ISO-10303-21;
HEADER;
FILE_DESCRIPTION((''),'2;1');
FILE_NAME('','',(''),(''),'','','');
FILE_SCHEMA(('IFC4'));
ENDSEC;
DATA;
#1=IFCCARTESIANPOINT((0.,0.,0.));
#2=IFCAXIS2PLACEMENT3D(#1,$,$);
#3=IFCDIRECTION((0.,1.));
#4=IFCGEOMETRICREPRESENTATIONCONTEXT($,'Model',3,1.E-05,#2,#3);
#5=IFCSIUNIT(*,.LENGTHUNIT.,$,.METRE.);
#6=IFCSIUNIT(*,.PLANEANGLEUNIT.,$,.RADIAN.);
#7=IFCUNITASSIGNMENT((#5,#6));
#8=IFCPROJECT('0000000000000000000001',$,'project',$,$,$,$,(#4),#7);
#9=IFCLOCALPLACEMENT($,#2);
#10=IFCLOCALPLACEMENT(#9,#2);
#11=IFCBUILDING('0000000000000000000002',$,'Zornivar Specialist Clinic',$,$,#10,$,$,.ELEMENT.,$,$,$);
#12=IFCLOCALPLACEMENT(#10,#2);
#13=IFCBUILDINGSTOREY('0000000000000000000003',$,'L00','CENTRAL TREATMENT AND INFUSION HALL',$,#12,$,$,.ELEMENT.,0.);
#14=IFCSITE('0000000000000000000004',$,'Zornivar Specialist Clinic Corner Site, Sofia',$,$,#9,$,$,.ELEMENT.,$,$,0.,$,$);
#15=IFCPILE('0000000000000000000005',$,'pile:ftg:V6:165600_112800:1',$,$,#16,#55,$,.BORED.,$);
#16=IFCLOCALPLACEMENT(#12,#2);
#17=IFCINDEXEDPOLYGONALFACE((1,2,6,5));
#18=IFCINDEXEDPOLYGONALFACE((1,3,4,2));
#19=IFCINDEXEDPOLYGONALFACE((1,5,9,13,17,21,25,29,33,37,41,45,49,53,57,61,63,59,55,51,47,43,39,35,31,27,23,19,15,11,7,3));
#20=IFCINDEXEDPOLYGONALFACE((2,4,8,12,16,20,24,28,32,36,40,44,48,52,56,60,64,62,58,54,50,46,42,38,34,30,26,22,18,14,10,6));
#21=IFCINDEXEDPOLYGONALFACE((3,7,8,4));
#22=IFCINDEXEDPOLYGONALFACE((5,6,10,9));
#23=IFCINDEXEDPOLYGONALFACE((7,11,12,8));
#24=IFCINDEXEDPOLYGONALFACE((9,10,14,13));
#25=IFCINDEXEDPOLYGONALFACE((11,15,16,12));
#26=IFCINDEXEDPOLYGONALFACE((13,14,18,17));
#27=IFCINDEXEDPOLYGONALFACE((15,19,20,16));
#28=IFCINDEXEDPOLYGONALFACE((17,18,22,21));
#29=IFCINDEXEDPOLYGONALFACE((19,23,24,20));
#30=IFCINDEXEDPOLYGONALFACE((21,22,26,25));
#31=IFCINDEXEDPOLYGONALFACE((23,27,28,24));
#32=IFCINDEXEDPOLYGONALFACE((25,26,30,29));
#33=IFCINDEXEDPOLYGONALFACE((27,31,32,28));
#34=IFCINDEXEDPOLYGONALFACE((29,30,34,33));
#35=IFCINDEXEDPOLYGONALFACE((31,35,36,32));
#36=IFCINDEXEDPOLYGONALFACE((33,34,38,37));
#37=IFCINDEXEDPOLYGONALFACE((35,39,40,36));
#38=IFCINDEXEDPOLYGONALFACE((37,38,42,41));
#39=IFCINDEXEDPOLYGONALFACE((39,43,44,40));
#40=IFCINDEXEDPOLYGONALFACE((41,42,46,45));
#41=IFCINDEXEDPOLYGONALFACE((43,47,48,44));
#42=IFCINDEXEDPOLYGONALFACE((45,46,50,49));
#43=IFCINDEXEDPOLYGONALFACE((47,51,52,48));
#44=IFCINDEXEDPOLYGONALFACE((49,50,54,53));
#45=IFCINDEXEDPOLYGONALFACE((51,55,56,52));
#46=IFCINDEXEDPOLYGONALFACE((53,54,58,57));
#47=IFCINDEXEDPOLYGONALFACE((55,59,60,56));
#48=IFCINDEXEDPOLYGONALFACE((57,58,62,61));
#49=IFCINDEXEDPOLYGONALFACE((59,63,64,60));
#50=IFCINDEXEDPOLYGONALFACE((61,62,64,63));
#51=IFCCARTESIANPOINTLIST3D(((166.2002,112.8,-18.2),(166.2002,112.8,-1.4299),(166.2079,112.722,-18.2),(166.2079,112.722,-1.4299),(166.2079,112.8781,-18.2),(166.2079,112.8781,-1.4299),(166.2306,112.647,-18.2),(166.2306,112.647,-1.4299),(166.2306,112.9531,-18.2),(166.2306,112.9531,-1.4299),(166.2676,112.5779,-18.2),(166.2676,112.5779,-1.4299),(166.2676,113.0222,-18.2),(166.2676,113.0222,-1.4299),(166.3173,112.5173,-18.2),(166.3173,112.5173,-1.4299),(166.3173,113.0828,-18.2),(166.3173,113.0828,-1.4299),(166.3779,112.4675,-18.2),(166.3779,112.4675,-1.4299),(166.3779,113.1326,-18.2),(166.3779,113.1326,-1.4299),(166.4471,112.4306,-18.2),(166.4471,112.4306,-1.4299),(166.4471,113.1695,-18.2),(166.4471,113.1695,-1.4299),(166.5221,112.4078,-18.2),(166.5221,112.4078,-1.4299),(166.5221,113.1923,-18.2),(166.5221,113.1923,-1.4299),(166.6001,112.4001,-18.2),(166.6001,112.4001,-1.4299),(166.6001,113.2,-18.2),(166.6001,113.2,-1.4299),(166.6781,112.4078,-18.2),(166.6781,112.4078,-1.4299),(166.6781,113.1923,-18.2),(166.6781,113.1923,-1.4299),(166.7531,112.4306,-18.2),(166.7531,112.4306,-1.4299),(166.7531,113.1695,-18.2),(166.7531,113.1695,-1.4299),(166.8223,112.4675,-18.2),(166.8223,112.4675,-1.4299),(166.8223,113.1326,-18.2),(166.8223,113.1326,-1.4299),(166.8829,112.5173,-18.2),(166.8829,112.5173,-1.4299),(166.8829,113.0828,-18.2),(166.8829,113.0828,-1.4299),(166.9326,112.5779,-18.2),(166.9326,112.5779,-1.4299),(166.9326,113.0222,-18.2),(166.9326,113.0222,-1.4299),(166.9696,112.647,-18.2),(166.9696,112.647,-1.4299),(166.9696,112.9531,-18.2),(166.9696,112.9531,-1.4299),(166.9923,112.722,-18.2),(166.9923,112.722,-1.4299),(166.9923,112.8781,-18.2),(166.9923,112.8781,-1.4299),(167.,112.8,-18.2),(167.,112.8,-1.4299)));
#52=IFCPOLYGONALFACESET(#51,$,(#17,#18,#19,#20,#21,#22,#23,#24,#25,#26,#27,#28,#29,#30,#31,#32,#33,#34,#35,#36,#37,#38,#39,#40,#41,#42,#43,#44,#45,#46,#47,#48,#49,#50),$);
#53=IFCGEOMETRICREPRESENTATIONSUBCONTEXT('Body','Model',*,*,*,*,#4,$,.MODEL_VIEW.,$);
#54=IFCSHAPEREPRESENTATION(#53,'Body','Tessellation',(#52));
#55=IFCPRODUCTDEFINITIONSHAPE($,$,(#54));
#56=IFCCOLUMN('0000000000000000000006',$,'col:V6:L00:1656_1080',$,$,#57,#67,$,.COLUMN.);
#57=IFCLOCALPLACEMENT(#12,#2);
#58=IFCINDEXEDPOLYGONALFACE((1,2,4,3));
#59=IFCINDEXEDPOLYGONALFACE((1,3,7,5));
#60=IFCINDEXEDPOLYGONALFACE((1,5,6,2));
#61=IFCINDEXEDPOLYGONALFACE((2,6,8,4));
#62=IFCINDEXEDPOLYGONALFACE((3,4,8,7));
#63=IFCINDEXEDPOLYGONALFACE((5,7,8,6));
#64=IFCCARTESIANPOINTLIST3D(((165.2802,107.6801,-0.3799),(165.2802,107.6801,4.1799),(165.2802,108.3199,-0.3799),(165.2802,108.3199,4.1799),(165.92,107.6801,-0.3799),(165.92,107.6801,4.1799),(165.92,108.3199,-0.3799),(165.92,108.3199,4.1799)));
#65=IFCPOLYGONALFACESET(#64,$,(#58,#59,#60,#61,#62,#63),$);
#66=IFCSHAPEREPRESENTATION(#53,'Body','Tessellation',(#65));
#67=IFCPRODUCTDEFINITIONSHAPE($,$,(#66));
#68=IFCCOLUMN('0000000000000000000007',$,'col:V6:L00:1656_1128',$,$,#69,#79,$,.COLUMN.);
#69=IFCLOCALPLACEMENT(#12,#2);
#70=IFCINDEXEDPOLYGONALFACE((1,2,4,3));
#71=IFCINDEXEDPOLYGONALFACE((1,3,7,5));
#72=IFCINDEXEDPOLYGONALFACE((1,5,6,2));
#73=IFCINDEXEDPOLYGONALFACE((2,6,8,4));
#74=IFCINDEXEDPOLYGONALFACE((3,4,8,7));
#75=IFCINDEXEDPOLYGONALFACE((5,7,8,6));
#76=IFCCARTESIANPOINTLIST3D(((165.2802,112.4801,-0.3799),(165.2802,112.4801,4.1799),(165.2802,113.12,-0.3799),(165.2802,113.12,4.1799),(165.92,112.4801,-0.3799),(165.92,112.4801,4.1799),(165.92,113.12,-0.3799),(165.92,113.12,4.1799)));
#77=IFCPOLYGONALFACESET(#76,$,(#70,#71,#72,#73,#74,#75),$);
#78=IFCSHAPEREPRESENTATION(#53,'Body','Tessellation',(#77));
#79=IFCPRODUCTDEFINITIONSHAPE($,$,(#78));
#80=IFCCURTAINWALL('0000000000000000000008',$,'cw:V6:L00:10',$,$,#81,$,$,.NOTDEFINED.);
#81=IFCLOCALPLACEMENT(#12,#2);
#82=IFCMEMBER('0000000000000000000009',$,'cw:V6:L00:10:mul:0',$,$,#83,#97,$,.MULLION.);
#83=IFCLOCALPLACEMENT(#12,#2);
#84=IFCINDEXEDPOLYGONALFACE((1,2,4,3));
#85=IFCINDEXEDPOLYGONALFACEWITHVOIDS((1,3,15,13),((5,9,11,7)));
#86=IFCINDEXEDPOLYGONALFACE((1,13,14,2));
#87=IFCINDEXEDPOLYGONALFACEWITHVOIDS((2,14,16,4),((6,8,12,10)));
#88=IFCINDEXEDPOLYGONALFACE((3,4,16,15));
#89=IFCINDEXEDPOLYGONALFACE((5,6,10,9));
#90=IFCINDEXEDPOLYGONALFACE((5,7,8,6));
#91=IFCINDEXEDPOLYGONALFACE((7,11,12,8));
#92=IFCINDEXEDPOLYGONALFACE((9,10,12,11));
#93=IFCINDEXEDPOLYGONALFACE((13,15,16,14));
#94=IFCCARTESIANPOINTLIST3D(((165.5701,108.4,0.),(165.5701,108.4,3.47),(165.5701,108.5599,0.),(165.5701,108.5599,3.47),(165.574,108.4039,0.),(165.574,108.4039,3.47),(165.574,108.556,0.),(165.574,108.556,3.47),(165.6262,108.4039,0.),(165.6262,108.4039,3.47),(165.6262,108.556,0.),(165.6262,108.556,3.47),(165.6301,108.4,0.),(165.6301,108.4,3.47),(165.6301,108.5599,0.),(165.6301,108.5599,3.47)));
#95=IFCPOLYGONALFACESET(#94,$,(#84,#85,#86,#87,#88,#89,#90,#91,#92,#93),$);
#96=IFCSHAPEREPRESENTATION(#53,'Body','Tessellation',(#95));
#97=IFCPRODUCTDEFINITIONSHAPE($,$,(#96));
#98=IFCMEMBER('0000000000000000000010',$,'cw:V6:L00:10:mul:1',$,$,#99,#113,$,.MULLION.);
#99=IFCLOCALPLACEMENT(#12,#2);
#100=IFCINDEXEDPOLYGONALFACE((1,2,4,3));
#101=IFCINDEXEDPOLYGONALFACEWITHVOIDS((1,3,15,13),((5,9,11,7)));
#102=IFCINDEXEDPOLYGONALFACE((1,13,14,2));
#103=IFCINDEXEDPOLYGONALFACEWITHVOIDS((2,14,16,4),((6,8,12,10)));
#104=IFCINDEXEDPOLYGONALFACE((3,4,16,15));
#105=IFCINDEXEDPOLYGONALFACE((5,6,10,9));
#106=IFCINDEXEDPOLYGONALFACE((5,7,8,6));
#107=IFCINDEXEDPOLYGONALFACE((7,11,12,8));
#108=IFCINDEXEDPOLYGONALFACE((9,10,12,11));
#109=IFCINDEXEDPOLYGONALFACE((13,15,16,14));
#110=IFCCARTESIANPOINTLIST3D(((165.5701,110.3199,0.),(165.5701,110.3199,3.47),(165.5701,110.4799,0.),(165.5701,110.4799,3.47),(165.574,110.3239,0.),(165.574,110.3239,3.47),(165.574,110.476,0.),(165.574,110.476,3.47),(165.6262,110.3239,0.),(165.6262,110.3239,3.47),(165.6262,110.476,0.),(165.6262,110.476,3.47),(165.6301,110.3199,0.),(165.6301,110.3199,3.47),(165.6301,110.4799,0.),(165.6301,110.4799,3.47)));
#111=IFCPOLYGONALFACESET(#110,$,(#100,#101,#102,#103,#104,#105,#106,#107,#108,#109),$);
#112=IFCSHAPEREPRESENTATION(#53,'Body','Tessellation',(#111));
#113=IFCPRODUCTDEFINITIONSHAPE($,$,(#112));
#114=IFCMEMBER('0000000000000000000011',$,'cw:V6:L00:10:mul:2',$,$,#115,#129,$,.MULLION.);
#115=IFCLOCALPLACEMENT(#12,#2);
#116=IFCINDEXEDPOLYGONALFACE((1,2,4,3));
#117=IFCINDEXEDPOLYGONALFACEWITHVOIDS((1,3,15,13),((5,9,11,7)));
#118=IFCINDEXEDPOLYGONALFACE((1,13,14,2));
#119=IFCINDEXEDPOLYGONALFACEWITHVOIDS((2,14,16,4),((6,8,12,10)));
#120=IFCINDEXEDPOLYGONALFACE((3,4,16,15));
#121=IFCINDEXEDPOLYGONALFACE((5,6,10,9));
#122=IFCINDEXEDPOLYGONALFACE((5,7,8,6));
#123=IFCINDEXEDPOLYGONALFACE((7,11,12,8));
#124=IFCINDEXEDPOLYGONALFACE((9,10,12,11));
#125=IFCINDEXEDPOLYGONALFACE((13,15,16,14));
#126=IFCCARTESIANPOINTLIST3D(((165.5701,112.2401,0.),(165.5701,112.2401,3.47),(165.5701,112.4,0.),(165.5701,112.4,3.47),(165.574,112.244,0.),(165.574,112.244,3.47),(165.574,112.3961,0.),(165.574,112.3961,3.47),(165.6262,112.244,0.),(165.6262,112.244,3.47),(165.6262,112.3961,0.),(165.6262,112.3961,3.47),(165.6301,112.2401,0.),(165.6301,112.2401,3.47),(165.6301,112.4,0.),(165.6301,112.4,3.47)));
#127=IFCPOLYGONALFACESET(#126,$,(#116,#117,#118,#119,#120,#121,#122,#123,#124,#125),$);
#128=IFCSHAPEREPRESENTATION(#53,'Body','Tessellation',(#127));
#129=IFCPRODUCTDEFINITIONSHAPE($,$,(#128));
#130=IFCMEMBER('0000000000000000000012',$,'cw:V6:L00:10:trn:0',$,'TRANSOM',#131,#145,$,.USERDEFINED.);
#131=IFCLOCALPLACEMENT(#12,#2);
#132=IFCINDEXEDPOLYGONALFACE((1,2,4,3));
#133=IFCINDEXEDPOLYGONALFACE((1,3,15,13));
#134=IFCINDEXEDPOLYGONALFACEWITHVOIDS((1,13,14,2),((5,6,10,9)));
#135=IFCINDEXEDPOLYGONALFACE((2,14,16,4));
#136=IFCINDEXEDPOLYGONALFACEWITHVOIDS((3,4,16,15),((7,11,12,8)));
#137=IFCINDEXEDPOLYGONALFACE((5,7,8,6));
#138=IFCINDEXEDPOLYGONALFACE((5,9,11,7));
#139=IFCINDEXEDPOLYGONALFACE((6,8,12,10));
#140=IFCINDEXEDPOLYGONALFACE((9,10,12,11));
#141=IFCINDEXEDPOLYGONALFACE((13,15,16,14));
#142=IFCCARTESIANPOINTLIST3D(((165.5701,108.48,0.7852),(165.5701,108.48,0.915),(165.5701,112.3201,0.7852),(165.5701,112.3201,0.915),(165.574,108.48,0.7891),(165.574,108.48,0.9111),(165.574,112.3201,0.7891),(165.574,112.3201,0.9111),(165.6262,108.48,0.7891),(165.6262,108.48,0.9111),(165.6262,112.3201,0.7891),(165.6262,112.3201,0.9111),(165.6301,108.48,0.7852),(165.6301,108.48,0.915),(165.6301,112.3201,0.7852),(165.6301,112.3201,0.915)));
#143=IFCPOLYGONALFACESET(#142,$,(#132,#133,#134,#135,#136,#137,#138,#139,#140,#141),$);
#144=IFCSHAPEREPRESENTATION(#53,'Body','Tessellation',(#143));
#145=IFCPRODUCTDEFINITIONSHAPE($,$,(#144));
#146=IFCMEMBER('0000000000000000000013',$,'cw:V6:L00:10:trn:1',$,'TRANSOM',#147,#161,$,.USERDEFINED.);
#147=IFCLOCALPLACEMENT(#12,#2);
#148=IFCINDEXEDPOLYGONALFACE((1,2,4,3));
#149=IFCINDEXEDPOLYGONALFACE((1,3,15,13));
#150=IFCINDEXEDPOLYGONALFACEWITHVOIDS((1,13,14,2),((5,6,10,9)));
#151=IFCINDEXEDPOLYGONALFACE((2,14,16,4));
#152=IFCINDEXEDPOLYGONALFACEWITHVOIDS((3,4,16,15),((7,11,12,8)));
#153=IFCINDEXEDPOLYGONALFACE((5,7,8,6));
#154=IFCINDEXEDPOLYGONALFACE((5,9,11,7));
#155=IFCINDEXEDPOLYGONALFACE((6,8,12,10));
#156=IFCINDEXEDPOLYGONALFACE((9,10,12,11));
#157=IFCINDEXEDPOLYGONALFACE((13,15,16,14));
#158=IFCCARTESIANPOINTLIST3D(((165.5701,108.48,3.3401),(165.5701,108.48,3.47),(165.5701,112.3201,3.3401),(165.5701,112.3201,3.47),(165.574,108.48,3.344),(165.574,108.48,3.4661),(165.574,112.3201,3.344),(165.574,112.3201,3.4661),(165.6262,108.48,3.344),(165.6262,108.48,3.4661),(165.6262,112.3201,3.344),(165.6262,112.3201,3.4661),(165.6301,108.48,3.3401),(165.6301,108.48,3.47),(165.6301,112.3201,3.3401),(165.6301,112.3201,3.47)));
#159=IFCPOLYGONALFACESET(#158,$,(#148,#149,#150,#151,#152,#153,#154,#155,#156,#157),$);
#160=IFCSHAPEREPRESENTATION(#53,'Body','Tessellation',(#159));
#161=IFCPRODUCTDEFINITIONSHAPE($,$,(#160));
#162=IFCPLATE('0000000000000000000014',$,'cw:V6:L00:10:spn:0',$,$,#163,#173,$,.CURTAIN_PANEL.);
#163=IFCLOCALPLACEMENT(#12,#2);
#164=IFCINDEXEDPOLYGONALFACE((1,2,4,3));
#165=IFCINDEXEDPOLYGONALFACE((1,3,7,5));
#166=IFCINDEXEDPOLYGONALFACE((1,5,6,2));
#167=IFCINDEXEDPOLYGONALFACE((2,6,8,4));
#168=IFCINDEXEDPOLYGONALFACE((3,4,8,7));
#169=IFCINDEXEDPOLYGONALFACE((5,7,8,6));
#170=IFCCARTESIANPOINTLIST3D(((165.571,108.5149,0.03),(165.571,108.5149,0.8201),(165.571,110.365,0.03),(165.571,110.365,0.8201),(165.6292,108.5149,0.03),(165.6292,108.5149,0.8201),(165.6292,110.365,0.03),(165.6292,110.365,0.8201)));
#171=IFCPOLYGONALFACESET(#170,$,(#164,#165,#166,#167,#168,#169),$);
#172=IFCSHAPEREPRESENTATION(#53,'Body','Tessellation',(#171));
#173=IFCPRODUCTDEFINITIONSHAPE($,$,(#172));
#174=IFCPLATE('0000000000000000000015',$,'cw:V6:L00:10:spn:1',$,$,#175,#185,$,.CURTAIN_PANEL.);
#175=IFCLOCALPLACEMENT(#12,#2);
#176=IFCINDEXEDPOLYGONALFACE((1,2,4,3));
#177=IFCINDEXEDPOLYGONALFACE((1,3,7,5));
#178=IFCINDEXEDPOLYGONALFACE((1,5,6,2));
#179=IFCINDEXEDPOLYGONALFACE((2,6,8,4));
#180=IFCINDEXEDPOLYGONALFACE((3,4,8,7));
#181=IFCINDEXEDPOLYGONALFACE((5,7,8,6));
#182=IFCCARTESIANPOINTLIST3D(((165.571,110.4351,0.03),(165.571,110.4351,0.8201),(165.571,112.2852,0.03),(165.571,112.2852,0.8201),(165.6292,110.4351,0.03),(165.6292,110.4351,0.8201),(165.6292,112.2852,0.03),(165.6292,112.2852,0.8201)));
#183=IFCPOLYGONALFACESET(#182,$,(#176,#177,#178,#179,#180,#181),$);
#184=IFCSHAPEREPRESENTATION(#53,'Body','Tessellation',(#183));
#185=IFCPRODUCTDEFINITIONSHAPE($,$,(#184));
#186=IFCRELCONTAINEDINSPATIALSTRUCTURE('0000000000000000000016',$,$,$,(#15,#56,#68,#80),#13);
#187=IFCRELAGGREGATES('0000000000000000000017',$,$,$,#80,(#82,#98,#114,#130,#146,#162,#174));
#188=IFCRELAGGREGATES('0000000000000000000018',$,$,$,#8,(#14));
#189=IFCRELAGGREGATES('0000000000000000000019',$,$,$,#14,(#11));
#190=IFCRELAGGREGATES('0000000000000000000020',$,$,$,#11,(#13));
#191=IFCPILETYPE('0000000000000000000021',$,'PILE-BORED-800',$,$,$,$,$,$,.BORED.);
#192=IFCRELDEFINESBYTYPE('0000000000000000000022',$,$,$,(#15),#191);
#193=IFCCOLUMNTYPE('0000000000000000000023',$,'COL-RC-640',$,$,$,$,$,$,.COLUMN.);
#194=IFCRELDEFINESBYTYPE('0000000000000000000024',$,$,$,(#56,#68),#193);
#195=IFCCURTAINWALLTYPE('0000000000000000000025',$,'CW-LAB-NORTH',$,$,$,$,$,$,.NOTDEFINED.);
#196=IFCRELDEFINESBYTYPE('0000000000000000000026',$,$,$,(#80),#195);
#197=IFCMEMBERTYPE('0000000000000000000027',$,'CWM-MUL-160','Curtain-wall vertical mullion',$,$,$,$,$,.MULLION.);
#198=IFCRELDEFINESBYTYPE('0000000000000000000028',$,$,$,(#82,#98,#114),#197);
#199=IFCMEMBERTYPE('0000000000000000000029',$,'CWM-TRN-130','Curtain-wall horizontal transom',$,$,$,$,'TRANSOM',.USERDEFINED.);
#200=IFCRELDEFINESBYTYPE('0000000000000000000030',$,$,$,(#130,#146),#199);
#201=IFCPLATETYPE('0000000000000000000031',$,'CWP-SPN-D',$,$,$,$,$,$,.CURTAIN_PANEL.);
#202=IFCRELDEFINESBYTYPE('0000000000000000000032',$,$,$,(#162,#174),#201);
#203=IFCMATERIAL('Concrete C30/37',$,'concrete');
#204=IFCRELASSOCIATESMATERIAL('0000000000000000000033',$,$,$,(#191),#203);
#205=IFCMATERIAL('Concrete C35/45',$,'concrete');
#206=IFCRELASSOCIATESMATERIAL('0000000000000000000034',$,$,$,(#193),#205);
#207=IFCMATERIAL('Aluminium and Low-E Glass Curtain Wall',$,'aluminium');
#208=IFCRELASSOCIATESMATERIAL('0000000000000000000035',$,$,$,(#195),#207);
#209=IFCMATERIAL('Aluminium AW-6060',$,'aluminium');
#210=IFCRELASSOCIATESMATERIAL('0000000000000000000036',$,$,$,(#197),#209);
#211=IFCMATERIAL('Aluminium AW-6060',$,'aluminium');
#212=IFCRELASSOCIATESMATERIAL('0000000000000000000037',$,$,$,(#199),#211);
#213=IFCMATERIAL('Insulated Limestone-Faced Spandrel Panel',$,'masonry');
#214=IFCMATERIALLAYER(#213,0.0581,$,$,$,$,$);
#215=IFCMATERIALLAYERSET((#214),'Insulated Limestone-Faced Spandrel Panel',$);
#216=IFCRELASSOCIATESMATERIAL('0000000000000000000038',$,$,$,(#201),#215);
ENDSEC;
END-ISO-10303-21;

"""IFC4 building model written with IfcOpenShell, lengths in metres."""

from ifc_helpers import new_model, si_unit, direction, frame, origin, origin_2d, place, context, subcontext, project, spatial, rectangle, hollow_rectangle, circle, extrude, material, layer, layer_set, material_profile, profile_set, type_object, element, aggregate, save


model = new_model("IFC4")

# Units and contexts
model_context = context("Model", 3, precision=1e-05, world=origin(), true_north=direction((0.0, 1.0)))
body_context = subcontext(model_context, "Body", "Model", "MODEL_VIEW")
ifc_project = project(units=[si_unit("LENGTHUNIT", "METRE"), si_unit("PLANEANGLEUNIT", "RADIAN")], contexts=[model_context])

# Site, building, storey
site_placement = place(None, origin())
site = spatial("IfcSite", under=ifc_project, at=site_placement, Name="Zornivar Specialist Clinic Corner Site, Sofia", CompositionType="ELEMENT", RefElevation=0.0)
building_placement = place(site_placement, origin())
building = spatial("IfcBuilding", under=site, at=building_placement, Name="Zornivar Specialist Clinic", CompositionType="ELEMENT")
storey_placement = place(building_placement, origin())
storey = spatial("IfcBuildingStorey", under=building, at=storey_placement, Name="L00", Description="CENTRAL TREATMENT AND INFUSION HALL", CompositionType="ELEMENT", Elevation=0.0)

# Pile
ifc_material_1 = material(Name="Concrete C30/37", Category="concrete")
ifc_material_profile_1 = material_profile(ifc_material_1, circle(Radius=0.3999, at=origin_2d()), Name="PILE D800")
ifc_profile_set_1 = profile_set([ifc_material_profile_1], Name="Concrete C30/37")
pile_type = type_object("IfcPileType", Name="PILE-BORED-800", PredefinedType="BORED", material=ifc_profile_set_1)
for number, where, z_axis, x_axis, name in (
    (1, (166.6001, 112.8, -1.4299), (0.0, 0.0, -1.0), (1.0, 0.0, 0.0), "pile:ftg:V6:165600_112800:1"),
):
    element("IfcPile", number, at=place(storey_placement, frame(where, z_axis=z_axis, x_axis=x_axis)), inside=storey, type_object=pile_type, Name=name, PredefinedType="BORED", context=body_context, shape_type="SweptSolid", body=[
        extrude(circle(Radius=0.3999, at=origin_2d()), origin(), (0.0, 0.0, 1.0), 16.77),
    ])

# Columns
ifc_material_2 = material(Name="Concrete C35/45", Category="concrete")
ifc_material_profile_2 = material_profile(ifc_material_2, rectangle(XDim=0.6399, YDim=0.6399, at=origin_2d()), Name="RC 640x640")
ifc_profile_set_2 = profile_set([ifc_material_profile_2], Name="Concrete C35/45")
column_type = type_object("IfcColumnType", Name="COL-RC-640", PredefinedType="COLUMN", material=ifc_profile_set_2)
for number, where, z_axis, x_axis, name in (
    (2, (165.6001, 108.0, -0.3799), (0.0, 0.0, 1.0), (1.0, 0.0, 0.0), "col:V6:L00:1656_1080"),
    (3, (165.6001, 112.8, -0.3799), (0.0, 0.0, 1.0), (1.0, 0.0, 0.0), "col:V6:L00:1656_1128"),
):
    element("IfcColumn", number, at=place(storey_placement, frame(where, z_axis=z_axis, x_axis=x_axis)), inside=storey, type_object=column_type, Name=name, PredefinedType="COLUMN", context=body_context, shape_type="SweptSolid", body=[
        extrude(rectangle(XDim=0.6399, YDim=0.6399, at=origin_2d()), origin(), (0.0, 0.0, 1.0), 4.5598),
    ])

# Curtain wall, members, plates
ifc_material_3 = material(Name="Aluminium and Low-E Glass Curtain Wall", Category="aluminium")
curtain_wall_type = type_object("IfcCurtainWallType", Name="CW-LAB-NORTH", PredefinedType="NOTDEFINED", material=ifc_material_3)
curtain_wall_placement = place(storey_placement, origin())
curtain_wall = element("IfcCurtainWall", 4, at=curtain_wall_placement, inside=storey, type_object=curtain_wall_type, Name="cw:V6:L00:10", PredefinedType="NOTDEFINED")
ifc_material_4 = material(Name="Aluminium AW-6060", Category="aluminium")
ifc_material_profile_3 = material_profile(ifc_material_4, hollow_rectangle(XDim=0.0601, YDim=0.1599, WallThickness=0.0039, at=origin_2d()), Name="ALU 60x160x4")
ifc_profile_set_3 = profile_set([ifc_material_profile_3], Name="Aluminium AW-6060")
member_type_1 = type_object("IfcMemberType", Name="CWM-MUL-160", Description="Curtain-wall vertical mullion", PredefinedType="MULLION", material=ifc_profile_set_3)
member_1_placement = place(storey_placement, frame((165.6001, 108.48, 0.0), z_axis=(0.0, 0.0, 1.0), x_axis=(1.0, 0.0, 0.0)))
member_1 = element("IfcMember", 5, at=member_1_placement, type_object=member_type_1, Name="cw:V6:L00:10:mul:0", PredefinedType="MULLION", context=body_context, shape_type="SweptSolid", body=[
    extrude(hollow_rectangle(XDim=0.0601, YDim=0.1599, WallThickness=0.0039, at=origin_2d()), origin(), (0.0, 0.0, 1.0), 3.47),
])
member_2_placement = place(storey_placement, frame((165.6001, 110.3999, 0.0), z_axis=(0.0, 0.0, 1.0), x_axis=(1.0, 0.0, 0.0)))
member_2 = element("IfcMember", 6, at=member_2_placement, type_object=member_type_1, Name="cw:V6:L00:10:mul:1", PredefinedType="MULLION", context=body_context, shape_type="SweptSolid", body=[
    extrude(hollow_rectangle(XDim=0.0601, YDim=0.1599, WallThickness=0.0039, at=origin_2d()), origin(), (0.0, 0.0, 1.0), 3.47),
])
member_3_placement = place(storey_placement, frame((165.6001, 112.3201, 0.0), z_axis=(0.0, 0.0, 1.0), x_axis=(1.0, 0.0, 0.0)))
member_3 = element("IfcMember", 7, at=member_3_placement, type_object=member_type_1, Name="cw:V6:L00:10:mul:2", PredefinedType="MULLION", context=body_context, shape_type="SweptSolid", body=[
    extrude(hollow_rectangle(XDim=0.0601, YDim=0.1599, WallThickness=0.0039, at=origin_2d()), origin(), (0.0, 0.0, 1.0), 3.47),
])
ifc_material_5 = material(Name="Aluminium AW-6060", Category="aluminium")
ifc_material_profile_4 = material_profile(ifc_material_5, hollow_rectangle(XDim=0.0601, YDim=0.1299, WallThickness=0.0039, at=origin_2d()), Name="ALU 60x130x4")
ifc_profile_set_4 = profile_set([ifc_material_profile_4], Name="Aluminium AW-6060")
member_type_2 = type_object("IfcMemberType", Name="CWM-TRN-130", Description="Curtain-wall horizontal transom", ElementType="TRANSOM", PredefinedType="USERDEFINED", material=ifc_profile_set_4)
member_4_placement = place(storey_placement, frame((165.6001, 108.48, 0.8501), z_axis=(0.0, 1.0, 0.0), x_axis=(-1.0, 0.0, 0.0)))
member_4 = element("IfcMember", 8, at=member_4_placement, type_object=member_type_2, Name="cw:V6:L00:10:trn:0", ObjectType="TRANSOM", PredefinedType="USERDEFINED", context=body_context, shape_type="SweptSolid", body=[
    extrude(hollow_rectangle(XDim=0.0601, YDim=0.1299, WallThickness=0.0039, at=origin_2d()), origin(), (0.0, 0.0, 1.0), 3.8401),
])
member_5_placement = place(storey_placement, frame((165.6001, 108.48, 3.405), z_axis=(0.0, 1.0, 0.0), x_axis=(-1.0, 0.0, 0.0)))
member_5 = element("IfcMember", 9, at=member_5_placement, type_object=member_type_2, Name="cw:V6:L00:10:trn:1", ObjectType="TRANSOM", PredefinedType="USERDEFINED", context=body_context, shape_type="SweptSolid", body=[
    extrude(hollow_rectangle(XDim=0.0601, YDim=0.1299, WallThickness=0.0039, at=origin_2d()), origin(), (0.0, 0.0, 1.0), 3.8401),
])
ifc_material_6 = material(Name="Insulated Limestone-Faced Spandrel Panel", Category="masonry")
ifc_layer_1 = layer(ifc_material_6, 0.0581)
ifc_layer_set_1 = layer_set([ifc_layer_1], Name="Insulated Limestone-Faced Spandrel Panel")
plate_type_1 = type_object("IfcPlateType", Name="CWP-SPN-D", PredefinedType="CURTAIN_PANEL", material=ifc_layer_set_1)
plate_1_placement = place(storey_placement, frame((165.6001, 109.4399, 0.03), z_axis=(0.0, 0.0, 1.0), x_axis=(0.0, 1.0, 0.0)))
plate_1 = element("IfcPlate", 10, at=plate_1_placement, type_object=plate_type_1, Name="cw:V6:L00:10:spn:0", PredefinedType="CURTAIN_PANEL", context=body_context, shape_type="SweptSolid", body=[
    extrude(rectangle(XDim=1.8501, YDim=0.0581, at=origin_2d()), origin(), (0.0, 0.0, 1.0), 0.79),
])
plate_2_placement = place(storey_placement, frame((165.6001, 111.3601, 0.03), z_axis=(0.0, 0.0, 1.0), x_axis=(0.0, 1.0, 0.0)))
plate_2 = element("IfcPlate", 11, at=plate_2_placement, type_object=plate_type_1, Name="cw:V6:L00:10:spn:1", PredefinedType="CURTAIN_PANEL", context=body_context, shape_type="SweptSolid", body=[
    extrude(rectangle(XDim=1.8501, YDim=0.0581, at=origin_2d()), origin(), (0.0, 0.0, 1.0), 0.79),
])
aggregate(curtain_wall, [member_1, member_2, member_3, member_4, member_5, plate_1, plate_2])

save(model, "model.ifc")
